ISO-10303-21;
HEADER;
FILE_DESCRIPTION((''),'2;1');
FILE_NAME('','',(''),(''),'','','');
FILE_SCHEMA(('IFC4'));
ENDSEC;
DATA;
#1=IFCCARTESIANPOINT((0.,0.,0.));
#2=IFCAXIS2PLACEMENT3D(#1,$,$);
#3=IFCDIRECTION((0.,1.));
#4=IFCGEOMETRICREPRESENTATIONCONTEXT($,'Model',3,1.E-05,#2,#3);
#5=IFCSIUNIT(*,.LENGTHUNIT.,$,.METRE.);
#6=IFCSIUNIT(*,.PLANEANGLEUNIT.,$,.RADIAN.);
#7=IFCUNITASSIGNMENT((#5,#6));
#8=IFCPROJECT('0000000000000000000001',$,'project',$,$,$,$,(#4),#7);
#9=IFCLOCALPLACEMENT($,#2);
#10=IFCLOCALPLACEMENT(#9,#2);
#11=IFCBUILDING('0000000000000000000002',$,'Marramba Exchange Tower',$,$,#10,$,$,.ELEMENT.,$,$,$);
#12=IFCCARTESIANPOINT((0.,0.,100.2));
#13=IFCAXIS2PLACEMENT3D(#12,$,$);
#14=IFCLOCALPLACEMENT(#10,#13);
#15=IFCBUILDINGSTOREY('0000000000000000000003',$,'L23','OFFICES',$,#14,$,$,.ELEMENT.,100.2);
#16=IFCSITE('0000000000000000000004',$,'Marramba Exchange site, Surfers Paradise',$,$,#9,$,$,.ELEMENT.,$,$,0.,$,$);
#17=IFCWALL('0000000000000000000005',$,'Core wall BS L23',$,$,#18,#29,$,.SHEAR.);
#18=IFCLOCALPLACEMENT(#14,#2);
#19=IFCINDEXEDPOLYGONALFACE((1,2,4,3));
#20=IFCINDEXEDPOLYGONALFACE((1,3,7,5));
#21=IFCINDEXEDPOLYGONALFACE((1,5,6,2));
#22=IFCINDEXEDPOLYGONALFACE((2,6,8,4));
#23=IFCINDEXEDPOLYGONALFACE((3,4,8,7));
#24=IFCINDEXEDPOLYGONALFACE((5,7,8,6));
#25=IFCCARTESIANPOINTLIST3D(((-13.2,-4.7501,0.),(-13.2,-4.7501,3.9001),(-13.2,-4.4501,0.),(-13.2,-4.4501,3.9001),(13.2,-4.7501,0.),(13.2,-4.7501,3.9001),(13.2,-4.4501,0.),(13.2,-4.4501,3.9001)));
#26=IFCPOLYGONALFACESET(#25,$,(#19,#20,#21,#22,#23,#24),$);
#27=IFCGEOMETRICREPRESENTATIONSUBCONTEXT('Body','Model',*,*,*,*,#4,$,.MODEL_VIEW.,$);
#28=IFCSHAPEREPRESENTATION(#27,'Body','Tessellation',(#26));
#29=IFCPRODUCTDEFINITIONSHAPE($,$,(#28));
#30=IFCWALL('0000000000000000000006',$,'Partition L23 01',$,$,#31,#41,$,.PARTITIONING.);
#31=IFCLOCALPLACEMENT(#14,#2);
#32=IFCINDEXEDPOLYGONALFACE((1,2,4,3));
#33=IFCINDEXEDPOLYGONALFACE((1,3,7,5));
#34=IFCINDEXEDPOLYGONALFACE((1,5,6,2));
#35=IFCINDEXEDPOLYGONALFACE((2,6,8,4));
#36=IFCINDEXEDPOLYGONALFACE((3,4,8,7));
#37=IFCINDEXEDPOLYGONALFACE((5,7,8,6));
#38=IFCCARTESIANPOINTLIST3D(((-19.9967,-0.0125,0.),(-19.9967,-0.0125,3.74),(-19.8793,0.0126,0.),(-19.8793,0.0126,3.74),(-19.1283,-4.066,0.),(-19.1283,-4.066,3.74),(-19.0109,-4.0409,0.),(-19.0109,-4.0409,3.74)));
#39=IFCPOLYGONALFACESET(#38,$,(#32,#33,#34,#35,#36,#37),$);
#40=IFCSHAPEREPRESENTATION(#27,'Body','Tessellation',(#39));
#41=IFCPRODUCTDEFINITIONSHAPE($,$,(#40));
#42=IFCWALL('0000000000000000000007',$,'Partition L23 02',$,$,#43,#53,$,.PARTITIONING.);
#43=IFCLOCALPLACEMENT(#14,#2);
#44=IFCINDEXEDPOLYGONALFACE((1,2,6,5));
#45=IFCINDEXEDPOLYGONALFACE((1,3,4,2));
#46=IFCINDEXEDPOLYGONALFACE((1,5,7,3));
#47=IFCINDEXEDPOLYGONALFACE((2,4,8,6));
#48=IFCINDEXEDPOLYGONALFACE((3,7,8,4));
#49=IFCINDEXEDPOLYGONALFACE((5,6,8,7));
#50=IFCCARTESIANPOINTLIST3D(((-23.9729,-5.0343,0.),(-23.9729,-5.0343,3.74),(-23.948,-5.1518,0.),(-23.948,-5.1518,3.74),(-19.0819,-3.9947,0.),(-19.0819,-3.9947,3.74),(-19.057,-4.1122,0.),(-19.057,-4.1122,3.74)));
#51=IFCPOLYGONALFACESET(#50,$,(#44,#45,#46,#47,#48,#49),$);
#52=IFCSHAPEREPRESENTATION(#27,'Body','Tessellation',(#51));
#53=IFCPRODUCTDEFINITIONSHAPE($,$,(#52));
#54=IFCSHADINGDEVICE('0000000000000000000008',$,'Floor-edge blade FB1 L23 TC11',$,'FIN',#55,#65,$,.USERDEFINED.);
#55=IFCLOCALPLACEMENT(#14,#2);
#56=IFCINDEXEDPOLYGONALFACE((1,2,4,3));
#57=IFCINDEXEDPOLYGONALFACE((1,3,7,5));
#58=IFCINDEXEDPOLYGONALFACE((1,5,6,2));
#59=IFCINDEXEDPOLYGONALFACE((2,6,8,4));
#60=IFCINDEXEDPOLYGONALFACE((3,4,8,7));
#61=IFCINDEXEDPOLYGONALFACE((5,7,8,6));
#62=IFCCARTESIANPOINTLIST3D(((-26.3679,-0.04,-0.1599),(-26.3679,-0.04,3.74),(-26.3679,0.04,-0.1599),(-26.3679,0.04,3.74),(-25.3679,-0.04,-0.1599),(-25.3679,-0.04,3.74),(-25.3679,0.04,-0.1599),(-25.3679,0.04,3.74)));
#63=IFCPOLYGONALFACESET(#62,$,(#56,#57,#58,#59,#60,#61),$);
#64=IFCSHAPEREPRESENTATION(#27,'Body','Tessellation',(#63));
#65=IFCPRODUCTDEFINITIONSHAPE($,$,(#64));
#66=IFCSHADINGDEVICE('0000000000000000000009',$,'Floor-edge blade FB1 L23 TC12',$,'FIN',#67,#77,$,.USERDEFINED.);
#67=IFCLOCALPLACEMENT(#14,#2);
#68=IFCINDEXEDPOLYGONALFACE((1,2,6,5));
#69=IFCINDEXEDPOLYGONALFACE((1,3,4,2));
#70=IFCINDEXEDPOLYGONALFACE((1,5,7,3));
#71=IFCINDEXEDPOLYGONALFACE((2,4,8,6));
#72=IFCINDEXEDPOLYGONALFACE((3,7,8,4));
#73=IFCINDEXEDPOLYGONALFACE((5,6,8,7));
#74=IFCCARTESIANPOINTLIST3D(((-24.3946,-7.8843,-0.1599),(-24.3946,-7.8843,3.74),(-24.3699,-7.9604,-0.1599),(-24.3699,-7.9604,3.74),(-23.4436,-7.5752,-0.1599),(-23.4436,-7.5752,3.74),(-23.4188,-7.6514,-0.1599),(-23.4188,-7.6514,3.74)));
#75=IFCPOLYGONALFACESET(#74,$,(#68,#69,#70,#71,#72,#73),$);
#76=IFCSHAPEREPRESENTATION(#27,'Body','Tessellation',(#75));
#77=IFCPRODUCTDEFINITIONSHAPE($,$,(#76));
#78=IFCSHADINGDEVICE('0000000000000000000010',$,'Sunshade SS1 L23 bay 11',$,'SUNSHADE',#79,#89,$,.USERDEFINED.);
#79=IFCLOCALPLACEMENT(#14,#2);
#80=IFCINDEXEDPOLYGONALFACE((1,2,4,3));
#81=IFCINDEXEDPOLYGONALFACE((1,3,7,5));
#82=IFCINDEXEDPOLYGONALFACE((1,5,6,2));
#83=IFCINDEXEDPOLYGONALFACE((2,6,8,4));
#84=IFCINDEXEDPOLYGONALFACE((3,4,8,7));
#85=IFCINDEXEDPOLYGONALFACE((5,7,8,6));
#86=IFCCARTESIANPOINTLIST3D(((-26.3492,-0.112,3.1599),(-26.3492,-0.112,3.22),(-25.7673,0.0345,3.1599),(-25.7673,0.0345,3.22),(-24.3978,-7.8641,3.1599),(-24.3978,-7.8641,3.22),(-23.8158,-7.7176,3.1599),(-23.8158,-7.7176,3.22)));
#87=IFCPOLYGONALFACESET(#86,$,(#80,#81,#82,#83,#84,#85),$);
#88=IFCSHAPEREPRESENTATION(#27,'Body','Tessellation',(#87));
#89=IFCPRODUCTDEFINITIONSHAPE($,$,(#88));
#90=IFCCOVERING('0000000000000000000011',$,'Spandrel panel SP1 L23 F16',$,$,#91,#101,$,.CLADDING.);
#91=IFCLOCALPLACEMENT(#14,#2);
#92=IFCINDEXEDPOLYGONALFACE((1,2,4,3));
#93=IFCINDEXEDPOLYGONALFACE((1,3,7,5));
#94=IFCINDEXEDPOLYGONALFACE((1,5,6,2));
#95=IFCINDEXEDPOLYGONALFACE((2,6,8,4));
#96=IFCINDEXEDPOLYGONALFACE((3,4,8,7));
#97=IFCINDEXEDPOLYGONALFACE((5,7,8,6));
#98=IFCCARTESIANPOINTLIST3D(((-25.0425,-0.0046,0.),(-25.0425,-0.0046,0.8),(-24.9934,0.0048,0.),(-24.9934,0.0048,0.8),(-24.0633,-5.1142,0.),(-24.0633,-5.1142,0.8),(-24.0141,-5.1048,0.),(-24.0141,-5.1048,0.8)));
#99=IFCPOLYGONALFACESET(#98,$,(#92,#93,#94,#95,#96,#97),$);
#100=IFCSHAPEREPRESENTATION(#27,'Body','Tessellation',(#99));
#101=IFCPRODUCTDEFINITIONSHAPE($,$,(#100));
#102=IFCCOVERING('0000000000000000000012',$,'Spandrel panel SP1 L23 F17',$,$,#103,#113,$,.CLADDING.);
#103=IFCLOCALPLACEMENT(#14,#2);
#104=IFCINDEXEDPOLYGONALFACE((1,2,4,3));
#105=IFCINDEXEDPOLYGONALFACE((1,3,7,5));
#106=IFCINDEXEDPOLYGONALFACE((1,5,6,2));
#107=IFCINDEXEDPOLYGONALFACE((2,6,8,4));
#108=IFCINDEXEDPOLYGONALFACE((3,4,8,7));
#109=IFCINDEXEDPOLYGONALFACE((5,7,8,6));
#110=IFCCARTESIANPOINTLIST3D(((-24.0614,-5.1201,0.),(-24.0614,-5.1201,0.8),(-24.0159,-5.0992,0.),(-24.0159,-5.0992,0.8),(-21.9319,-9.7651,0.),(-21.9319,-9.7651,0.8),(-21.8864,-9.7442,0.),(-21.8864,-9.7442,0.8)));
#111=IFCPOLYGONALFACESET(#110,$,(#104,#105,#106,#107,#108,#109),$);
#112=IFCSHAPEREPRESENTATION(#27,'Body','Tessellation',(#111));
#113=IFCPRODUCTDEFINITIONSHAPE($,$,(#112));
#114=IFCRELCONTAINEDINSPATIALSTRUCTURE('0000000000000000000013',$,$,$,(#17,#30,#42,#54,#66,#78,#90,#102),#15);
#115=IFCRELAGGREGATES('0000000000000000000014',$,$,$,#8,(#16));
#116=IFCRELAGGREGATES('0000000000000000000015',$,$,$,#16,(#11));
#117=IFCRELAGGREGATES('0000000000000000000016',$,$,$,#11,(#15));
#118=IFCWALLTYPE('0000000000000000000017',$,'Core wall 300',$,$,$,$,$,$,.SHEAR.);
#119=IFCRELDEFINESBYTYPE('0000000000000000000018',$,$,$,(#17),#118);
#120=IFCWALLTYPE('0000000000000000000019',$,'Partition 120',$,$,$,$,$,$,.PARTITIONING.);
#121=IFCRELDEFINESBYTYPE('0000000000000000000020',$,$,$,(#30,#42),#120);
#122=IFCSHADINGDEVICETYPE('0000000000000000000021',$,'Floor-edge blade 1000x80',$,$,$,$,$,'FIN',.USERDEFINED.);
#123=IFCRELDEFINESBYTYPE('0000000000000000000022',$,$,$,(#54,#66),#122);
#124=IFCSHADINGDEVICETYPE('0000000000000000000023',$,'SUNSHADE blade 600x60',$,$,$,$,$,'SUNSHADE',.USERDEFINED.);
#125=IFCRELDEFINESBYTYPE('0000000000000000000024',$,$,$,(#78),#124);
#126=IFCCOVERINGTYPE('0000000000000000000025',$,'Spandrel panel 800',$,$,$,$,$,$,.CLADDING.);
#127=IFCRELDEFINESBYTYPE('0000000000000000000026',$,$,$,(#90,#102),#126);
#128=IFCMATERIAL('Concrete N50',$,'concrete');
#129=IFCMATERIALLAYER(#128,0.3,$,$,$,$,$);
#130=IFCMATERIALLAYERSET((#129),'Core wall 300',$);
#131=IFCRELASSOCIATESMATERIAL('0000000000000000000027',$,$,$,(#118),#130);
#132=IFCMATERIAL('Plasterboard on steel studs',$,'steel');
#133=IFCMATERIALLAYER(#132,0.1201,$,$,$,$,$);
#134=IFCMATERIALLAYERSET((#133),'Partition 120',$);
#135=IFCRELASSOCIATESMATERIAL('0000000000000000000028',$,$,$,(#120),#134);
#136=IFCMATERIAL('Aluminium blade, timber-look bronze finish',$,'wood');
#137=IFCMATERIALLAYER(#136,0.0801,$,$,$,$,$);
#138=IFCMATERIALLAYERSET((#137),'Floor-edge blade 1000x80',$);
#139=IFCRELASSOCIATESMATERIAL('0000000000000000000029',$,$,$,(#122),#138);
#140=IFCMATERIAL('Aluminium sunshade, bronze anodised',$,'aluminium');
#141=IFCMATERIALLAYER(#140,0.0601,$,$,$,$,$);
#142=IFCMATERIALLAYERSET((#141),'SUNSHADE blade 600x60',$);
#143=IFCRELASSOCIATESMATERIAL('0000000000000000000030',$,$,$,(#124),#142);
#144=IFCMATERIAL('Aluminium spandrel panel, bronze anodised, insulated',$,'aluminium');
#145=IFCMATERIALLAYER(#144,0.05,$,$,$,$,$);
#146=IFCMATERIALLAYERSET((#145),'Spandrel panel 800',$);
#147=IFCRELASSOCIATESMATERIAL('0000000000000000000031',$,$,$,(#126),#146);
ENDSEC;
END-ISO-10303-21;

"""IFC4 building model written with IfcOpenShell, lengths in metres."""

from ifc_helpers import new_model, si_unit, direction, frame, frame_2d, origin, origin_2d, place, context, subcontext, project, spatial, rectangle, extrude, material, layer, layer_set, type_object, element, save


model = new_model("IFC4")

# Units and contexts
model_context = context("Model", 3, precision=1e-05, world=origin(), true_north=direction((0.0, 1.0)))
body_context = subcontext(model_context, "Body", "Model", "MODEL_VIEW")
ifc_project = project(units=[si_unit("LENGTHUNIT", "METRE"), si_unit("PLANEANGLEUNIT", "RADIAN")], contexts=[model_context])

# Site, building, storey
site_placement = place(None, origin())
site = spatial("IfcSite", under=ifc_project, at=site_placement, Name="Marramba Exchange site, Surfers Paradise", CompositionType="ELEMENT", RefElevation=0.0)
building_placement = place(site_placement, origin())
building = spatial("IfcBuilding", under=site, at=building_placement, Name="Marramba Exchange Tower", CompositionType="ELEMENT")
storey_placement = place(building_placement, frame((0.0, 0.0, 100.2)))
storey = spatial("IfcBuildingStorey", under=building, at=storey_placement, Name="L23", Description="OFFICES", CompositionType="ELEMENT", Elevation=100.2)

# Shared definitions
ifc_material_1 = material(Name="Concrete N50", Category="concrete")

# Walls
ifc_layer_1 = layer(ifc_material_1, 0.3)
ifc_layer_set_1 = layer_set([ifc_layer_1], Name="Core wall 300")
wall_type_1 = type_object("IfcWallType", Name="Core wall 300", PredefinedType="SHEAR", material=ifc_layer_set_1)
wall_1_placement = place(storey_placement, frame((-13.2, -4.6001, 0.0), z_axis=(0.0, 0.0, 1.0), x_axis=(1.0, 0.0, 0.0)))
element("IfcWall", 1, at=wall_1_placement, inside=storey, type_object=wall_type_1, Name="Core wall BS L23", PredefinedType="SHEAR", context=body_context, shape_type="SweptSolid", body=[
    extrude(rectangle(XDim=26.3999, YDim=0.3, at=frame_2d((13.2, 0.0))), origin(), (0.0, 0.0, 1.0), 3.9001),
])
ifc_material_2 = material(Name="Plasterboard on steel studs", Category="steel")
ifc_layer_2 = layer(ifc_material_2, 0.1201)
ifc_layer_set_2 = layer_set([ifc_layer_2], Name="Partition 120")
wall_type_2 = type_object("IfcWallType", Name="Partition 120", PredefinedType="PARTITIONING", material=ifc_layer_set_2)
wall_2_placement = place(storey_placement, frame((-19.0696, -4.0535, 0.0), z_axis=(0.0, 0.0, 1.0), x_axis=(-0.209485, 0.977812, 0.0)))
element("IfcWall", 2, at=wall_2_placement, inside=storey, type_object=wall_type_2, Name="Partition L23 01", PredefinedType="PARTITIONING", context=body_context, shape_type="SweptSolid", body=[
    extrude(rectangle(XDim=4.1455, YDim=0.1201, at=frame_2d((2.0728, 0.0))), origin(), (0.0, 0.0, 1.0), 3.74),
])
wall_3_placement = place(storey_placement, frame((-19.0696, -4.0535, 0.0), z_axis=(0.0, 0.0, 1.0), x_axis=(-0.978149, -0.207905, 0.0)))
element("IfcWall", 3, at=wall_3_placement, inside=storey, type_object=wall_type_2, Name="Partition L23 02", PredefinedType="PARTITIONING", context=body_context, shape_type="SweptSolid", body=[
    extrude(rectangle(XDim=5.0002, YDim=0.1201, at=frame_2d((2.5, 0.0))), origin(), (0.0, 0.0, 1.0), 3.74),
])

# Shading devices
ifc_material_3 = material(Name="Aluminium blade, timber-look bronze finish", Category="wood")
ifc_layer_3 = layer(ifc_material_3, 0.0801)
ifc_layer_set_3 = layer_set([ifc_layer_3], Name="Floor-edge blade 1000x80")
shading_device_type_1 = type_object("IfcShadingDeviceType", Name="Floor-edge blade 1000x80", ElementType="FIN", PredefinedType="USERDEFINED", material=ifc_layer_set_3)
for number, where, z_axis, x_axis, name in (
    (4, (-25.8679, 0.0, -0.1599), (0.0, 0.0, 1.0), (-1.0, 0.0, 0.0), "Floor-edge blade FB1 L23 TC11"),
    (5, (-23.9067, -7.7678, -0.1599), (0.0, 0.0, 1.0), (-0.951057, -0.309017, 0.0), "Floor-edge blade FB1 L23 TC12"),
):
    element("IfcShadingDevice", number, at=place(storey_placement, frame(where, z_axis=z_axis, x_axis=x_axis)), inside=storey, type_object=shading_device_type_1, Name=name, ObjectType="FIN", PredefinedType="USERDEFINED", context=body_context, shape_type="SweptSolid", body=[
        extrude(rectangle(XDim=1.0, YDim=0.0801, at=origin_2d()), origin(), (0.0, 0.0, 1.0), 3.8999),
    ])
ifc_material_4 = material(Name="Aluminium sunshade, bronze anodised", Category="aluminium")
ifc_layer_4 = layer(ifc_material_4, 0.0601)
ifc_layer_set_4 = layer_set([ifc_layer_4], Name="SUNSHADE blade 600x60")
shading_device_type_2 = type_object("IfcShadingDeviceType", Name="SUNSHADE blade 600x60", ElementType="SUNSHADE", PredefinedType="USERDEFINED", material=ifc_layer_set_4)
shading_device_placement = place(storey_placement, frame((-25.0825, -3.9148, 3.1599), z_axis=(0.0, 0.0, 1.0), x_axis=(0.244117, -0.969746, 0.0)))
element("IfcShadingDevice", 6, at=shading_device_placement, inside=storey, type_object=shading_device_type_2, Name="Sunshade SS1 L23 bay 11", ObjectType="SUNSHADE", PredefinedType="USERDEFINED", context=body_context, shape_type="SweptSolid", body=[
    extrude(rectangle(XDim=7.9939, YDim=0.6001, at=origin_2d()), origin(), (0.0, 0.0, 1.0), 0.0601),
])

# Coverings
ifc_material_5 = material(Name="Aluminium spandrel panel, bronze anodised, insulated", Category="aluminium")
ifc_layer_5 = layer(ifc_material_5, 0.05)
ifc_layer_set_5 = layer_set([ifc_layer_5], Name="Spandrel panel 800")
covering_type = type_object("IfcCoveringType", Name="Spandrel panel 800", PredefinedType="CLADDING", material=ifc_layer_set_5)
covering_1_placement = place(storey_placement, frame((-24.5283, -2.5547, 0.0), z_axis=(0.0, 0.0, 1.0), x_axis=(0.188227, -0.982126, 0.0)))
element("IfcCovering", 7, at=covering_1_placement, inside=storey, type_object=covering_type, Name="Spandrel panel SP1 L23 F16", PredefinedType="CLADDING", context=body_context, shape_type="SweptSolid", body=[
    extrude(rectangle(XDim=5.2026, YDim=0.05, at=origin_2d()), origin(), (0.0, 0.0, 1.0), 0.8),
])
covering_2_placement = place(storey_placement, frame((-22.9739, -7.4321, 0.0), z_axis=(0.0, 0.0, 1.0), x_axis=(0.416738, -0.909027, 0.0)))
element("IfcCovering", 8, at=covering_2_placement, inside=storey, type_object=covering_type, Name="Spandrel panel SP1 L23 F17", PredefinedType="CLADDING", context=body_context, shape_type="SweptSolid", body=[
    extrude(rectangle(XDim=5.1099, YDim=0.05, at=origin_2d()), origin(), (0.0, 0.0, 1.0), 0.8),
])

save(model, "model.ifc")
